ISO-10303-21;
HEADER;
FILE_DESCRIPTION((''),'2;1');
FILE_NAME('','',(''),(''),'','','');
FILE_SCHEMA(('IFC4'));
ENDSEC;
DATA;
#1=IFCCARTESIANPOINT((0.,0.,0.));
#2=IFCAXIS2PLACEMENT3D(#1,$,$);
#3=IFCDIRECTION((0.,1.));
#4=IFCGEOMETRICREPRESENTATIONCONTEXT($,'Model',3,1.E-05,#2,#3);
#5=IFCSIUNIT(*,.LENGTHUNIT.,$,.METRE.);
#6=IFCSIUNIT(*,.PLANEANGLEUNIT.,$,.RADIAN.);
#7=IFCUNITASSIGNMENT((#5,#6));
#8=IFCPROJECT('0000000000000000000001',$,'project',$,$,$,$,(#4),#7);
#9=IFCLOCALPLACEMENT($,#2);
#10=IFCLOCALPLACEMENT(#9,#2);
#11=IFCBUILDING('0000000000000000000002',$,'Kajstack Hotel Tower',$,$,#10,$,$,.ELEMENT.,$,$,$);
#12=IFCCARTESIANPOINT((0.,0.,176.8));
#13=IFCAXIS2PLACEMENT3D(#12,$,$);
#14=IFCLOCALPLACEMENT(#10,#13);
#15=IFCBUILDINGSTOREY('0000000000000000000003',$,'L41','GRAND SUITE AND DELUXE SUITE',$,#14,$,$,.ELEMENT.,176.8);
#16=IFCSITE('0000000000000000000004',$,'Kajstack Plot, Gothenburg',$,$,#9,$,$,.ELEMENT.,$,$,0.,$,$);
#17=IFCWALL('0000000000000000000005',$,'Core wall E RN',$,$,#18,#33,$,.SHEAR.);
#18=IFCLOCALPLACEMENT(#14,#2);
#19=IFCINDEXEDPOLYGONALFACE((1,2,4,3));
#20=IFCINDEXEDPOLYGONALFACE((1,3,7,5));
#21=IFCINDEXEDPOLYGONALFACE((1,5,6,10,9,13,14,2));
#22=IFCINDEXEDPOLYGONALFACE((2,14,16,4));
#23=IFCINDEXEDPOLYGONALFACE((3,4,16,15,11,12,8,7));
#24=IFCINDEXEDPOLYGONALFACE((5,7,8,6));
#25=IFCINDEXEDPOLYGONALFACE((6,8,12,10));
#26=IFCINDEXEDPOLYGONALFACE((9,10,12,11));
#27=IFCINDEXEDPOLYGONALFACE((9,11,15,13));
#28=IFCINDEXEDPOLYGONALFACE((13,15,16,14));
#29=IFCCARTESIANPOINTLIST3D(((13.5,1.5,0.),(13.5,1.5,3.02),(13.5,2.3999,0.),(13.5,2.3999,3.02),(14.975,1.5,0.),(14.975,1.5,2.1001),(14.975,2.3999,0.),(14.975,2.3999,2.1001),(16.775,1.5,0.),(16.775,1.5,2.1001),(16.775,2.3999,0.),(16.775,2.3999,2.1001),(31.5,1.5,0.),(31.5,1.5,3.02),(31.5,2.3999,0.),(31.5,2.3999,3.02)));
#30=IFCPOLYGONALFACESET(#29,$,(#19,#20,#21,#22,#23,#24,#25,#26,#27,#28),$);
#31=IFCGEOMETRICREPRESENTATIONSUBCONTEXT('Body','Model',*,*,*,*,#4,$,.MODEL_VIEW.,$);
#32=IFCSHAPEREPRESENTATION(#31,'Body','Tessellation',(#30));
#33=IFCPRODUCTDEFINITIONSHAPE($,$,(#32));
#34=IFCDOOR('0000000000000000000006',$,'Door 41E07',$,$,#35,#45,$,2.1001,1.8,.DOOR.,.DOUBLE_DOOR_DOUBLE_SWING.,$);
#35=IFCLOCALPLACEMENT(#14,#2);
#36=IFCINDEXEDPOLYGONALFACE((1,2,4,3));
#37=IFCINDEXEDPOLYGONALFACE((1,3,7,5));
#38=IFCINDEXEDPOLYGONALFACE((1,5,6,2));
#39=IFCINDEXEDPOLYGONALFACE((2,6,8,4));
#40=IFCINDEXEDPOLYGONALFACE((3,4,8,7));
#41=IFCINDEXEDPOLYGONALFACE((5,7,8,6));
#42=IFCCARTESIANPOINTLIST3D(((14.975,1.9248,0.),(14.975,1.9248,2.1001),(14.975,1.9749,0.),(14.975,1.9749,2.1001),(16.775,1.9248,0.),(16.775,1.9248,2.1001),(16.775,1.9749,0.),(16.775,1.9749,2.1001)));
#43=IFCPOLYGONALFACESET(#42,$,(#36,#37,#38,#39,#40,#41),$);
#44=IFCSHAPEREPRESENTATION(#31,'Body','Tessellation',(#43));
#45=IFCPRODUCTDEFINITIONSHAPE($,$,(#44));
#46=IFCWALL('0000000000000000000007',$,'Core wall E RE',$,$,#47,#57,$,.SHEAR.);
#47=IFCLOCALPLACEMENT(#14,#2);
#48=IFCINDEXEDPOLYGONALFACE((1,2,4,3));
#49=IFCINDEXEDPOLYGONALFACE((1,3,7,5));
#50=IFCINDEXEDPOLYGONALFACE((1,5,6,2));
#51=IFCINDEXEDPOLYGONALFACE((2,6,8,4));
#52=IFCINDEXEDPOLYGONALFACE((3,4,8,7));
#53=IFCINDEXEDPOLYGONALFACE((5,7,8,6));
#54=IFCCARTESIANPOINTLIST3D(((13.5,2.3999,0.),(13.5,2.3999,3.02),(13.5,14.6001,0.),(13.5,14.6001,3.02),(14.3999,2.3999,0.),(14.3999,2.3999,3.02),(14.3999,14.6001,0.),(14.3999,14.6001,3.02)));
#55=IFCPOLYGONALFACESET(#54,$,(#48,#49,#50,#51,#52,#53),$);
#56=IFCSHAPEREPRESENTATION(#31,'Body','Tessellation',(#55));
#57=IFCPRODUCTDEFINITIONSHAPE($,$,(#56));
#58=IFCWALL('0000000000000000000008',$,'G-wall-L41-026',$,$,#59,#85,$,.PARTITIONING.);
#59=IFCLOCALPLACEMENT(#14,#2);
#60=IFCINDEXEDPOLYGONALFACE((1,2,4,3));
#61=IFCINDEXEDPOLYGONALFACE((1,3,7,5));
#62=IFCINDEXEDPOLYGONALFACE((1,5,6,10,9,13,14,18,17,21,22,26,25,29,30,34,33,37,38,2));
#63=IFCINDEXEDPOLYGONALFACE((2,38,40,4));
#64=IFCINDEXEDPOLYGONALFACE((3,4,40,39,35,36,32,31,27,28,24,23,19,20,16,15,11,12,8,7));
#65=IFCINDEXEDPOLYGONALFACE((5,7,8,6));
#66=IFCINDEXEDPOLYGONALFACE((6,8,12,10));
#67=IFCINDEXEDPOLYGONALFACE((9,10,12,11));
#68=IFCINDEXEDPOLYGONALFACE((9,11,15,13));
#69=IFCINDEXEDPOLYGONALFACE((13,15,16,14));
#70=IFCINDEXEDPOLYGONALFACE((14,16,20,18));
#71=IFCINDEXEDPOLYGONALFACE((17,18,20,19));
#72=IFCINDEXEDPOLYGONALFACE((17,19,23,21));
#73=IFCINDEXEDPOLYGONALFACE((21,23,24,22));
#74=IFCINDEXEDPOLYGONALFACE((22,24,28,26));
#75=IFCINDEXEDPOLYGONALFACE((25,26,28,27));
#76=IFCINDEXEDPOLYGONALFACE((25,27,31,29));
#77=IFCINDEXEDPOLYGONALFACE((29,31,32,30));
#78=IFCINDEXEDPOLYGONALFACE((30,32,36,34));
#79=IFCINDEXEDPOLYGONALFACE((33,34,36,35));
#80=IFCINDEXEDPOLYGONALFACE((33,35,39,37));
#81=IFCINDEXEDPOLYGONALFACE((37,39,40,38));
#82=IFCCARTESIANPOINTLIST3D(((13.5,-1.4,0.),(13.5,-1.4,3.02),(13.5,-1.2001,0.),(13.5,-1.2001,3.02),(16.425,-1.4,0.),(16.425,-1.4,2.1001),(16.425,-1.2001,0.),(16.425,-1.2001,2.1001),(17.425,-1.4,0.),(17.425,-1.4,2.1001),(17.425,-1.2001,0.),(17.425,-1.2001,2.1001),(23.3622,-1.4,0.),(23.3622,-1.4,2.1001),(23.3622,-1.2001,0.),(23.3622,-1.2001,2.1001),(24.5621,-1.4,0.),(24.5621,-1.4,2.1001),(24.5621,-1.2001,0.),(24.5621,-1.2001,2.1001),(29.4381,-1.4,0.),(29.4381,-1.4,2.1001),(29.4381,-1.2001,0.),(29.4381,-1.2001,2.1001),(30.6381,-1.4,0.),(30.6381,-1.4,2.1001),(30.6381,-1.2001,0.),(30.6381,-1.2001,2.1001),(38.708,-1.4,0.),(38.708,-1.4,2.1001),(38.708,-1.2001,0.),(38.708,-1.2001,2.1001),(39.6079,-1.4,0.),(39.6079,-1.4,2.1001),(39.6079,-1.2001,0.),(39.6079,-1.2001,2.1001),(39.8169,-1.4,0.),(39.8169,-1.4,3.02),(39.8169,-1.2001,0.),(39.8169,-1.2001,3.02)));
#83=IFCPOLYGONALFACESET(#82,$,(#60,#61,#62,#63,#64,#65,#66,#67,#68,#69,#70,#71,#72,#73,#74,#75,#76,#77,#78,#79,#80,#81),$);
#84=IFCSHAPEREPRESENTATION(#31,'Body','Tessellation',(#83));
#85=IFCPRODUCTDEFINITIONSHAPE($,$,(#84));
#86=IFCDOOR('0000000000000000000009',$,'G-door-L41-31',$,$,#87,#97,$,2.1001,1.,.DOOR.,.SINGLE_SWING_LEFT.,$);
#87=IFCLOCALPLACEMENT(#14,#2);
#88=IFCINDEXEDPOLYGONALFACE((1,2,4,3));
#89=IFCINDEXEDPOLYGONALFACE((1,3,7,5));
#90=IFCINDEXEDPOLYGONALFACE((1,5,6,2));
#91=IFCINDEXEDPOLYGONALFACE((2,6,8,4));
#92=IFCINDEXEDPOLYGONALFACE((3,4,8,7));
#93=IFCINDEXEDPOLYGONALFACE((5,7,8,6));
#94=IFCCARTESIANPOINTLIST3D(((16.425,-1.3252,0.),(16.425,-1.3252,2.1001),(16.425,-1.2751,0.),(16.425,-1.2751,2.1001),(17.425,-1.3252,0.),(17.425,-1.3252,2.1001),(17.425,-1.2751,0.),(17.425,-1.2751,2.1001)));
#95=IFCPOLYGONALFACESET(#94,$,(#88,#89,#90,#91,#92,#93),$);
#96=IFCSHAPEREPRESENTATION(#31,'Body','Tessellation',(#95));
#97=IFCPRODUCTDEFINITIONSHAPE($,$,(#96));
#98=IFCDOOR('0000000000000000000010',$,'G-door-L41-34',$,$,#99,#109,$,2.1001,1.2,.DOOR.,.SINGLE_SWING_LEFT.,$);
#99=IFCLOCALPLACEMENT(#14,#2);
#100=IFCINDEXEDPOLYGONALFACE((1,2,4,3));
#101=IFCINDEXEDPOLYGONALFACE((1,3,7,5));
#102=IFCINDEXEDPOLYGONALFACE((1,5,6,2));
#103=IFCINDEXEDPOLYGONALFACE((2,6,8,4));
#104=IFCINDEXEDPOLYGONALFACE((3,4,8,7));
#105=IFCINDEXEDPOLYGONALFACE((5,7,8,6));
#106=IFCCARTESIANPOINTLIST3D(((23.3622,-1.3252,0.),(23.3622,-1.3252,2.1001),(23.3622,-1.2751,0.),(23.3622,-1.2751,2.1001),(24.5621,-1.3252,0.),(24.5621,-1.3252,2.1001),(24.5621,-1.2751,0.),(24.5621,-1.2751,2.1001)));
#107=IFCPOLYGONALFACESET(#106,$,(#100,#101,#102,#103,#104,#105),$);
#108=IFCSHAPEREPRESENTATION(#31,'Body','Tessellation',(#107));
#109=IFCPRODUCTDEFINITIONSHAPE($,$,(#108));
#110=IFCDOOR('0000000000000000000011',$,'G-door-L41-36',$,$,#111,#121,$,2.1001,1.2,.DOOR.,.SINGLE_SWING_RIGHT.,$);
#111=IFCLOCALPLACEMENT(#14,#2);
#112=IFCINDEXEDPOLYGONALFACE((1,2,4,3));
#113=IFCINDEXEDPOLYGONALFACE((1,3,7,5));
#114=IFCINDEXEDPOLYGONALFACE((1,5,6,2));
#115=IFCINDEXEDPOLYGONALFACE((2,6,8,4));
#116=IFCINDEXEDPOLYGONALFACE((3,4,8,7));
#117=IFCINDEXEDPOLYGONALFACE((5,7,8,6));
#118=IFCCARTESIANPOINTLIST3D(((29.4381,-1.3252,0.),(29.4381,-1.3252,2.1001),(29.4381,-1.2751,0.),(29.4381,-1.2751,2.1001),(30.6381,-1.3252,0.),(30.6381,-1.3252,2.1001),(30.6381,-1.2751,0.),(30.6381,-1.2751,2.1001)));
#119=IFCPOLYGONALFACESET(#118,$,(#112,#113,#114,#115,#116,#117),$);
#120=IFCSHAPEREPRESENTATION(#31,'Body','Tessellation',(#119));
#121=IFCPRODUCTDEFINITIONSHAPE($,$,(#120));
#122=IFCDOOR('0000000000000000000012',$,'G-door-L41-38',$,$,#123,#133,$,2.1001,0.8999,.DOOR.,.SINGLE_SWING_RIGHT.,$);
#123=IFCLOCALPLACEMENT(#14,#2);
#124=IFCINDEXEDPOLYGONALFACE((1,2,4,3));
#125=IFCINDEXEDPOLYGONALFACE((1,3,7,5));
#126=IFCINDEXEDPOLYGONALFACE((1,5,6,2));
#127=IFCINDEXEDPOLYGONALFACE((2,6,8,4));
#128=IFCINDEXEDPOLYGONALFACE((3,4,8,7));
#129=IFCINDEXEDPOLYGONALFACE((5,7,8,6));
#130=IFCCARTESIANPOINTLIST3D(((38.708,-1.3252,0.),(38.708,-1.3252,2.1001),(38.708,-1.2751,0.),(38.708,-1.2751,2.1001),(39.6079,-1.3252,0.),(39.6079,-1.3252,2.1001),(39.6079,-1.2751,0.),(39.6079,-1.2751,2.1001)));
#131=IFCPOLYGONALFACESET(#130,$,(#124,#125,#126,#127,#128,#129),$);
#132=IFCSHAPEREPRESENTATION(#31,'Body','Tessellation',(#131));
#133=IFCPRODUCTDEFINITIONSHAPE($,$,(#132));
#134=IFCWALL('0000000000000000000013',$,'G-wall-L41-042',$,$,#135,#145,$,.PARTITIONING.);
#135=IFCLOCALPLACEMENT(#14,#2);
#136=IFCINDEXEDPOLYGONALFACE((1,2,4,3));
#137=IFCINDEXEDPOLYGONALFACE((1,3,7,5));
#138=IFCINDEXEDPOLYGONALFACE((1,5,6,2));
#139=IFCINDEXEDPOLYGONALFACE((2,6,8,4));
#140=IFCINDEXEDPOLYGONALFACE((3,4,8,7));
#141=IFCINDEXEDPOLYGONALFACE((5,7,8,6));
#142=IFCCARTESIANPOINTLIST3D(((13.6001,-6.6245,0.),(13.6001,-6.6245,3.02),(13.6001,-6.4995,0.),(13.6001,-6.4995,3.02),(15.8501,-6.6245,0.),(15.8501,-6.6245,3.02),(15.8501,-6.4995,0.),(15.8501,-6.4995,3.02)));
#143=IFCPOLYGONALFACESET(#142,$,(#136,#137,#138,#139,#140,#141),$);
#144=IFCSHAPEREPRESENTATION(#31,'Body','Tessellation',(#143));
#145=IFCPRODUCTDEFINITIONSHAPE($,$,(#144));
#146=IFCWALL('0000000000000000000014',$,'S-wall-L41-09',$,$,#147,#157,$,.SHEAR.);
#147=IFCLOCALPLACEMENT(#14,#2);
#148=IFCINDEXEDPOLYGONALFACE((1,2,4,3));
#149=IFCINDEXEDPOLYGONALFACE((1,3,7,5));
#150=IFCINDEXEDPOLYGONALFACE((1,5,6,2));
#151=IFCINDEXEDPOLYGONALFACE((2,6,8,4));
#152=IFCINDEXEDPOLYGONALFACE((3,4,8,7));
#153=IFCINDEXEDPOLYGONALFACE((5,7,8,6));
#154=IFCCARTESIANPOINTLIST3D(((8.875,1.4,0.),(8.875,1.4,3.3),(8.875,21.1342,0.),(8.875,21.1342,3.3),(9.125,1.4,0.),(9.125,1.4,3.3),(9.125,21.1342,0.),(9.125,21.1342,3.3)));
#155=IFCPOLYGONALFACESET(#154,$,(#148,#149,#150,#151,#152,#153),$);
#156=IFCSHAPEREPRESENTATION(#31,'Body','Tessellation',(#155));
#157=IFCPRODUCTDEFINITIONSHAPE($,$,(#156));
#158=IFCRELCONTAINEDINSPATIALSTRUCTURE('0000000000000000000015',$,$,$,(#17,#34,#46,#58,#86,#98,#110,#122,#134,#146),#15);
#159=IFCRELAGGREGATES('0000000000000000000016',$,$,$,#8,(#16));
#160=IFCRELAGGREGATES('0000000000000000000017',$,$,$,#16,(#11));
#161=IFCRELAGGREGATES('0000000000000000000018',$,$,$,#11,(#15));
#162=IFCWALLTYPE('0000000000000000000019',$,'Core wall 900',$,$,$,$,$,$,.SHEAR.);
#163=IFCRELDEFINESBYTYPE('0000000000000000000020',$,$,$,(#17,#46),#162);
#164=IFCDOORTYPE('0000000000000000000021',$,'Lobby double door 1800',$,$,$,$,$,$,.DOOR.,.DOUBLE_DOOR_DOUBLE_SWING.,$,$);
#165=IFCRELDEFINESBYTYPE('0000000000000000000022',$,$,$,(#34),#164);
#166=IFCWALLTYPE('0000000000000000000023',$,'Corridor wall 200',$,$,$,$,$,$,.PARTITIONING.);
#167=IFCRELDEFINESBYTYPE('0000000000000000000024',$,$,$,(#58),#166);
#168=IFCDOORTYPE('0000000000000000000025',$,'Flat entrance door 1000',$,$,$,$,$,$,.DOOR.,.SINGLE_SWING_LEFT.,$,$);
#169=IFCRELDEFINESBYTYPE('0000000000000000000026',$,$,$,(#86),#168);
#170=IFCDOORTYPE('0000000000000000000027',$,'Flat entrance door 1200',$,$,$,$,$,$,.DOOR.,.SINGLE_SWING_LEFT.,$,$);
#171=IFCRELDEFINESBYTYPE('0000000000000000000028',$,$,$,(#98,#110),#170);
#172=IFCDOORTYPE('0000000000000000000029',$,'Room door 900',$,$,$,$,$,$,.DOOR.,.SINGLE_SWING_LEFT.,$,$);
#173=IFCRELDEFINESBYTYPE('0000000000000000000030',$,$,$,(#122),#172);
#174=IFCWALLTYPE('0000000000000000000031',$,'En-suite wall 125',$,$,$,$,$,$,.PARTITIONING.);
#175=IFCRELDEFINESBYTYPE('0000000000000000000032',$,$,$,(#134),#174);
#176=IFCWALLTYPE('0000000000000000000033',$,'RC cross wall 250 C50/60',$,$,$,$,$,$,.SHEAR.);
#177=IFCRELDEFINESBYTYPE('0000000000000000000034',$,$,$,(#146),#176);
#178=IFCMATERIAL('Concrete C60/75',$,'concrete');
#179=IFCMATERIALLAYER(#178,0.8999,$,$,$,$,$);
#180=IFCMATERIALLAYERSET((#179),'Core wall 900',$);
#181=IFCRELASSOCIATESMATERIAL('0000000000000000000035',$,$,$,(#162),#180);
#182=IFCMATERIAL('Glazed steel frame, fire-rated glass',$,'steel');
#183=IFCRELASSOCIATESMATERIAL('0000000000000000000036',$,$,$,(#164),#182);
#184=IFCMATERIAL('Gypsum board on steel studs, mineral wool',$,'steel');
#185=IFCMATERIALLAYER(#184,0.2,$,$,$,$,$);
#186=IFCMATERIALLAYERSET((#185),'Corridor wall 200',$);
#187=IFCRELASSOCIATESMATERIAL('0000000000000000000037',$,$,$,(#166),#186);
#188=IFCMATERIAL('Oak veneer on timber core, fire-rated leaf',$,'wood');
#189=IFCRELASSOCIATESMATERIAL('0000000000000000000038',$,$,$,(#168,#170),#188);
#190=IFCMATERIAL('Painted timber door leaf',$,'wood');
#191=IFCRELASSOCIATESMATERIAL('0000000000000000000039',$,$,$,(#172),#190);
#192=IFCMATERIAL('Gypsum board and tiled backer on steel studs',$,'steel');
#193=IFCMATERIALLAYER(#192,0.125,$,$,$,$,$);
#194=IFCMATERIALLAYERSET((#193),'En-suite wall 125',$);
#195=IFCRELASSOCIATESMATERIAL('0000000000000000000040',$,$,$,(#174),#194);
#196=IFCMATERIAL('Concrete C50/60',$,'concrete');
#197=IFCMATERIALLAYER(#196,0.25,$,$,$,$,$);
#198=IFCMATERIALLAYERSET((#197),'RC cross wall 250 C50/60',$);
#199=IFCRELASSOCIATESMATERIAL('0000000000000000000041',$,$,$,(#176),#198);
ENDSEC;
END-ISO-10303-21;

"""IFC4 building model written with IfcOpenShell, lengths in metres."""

from ifc_helpers import new_model, si_unit, direction, frame, frame_2d, origin, place, context, subcontext, project, spatial, rectangle, extrude, material, layer, layer_set, type_object, element, fill, save


model = new_model("IFC4")

# Units and contexts
model_context = context("Model", 3, precision=1e-05, world=origin(), true_north=direction((0.0, 1.0)))
body_context = subcontext(model_context, "Body", "Model", "MODEL_VIEW")
ifc_project = project(units=[si_unit("LENGTHUNIT", "METRE"), si_unit("PLANEANGLEUNIT", "RADIAN")], contexts=[model_context])

# Site, building, storey
site_placement = place(None, origin())
site = spatial("IfcSite", under=ifc_project, at=site_placement, Name="Kajstack Plot, Gothenburg", CompositionType="ELEMENT", RefElevation=0.0)
building_placement = place(site_placement, origin())
building = spatial("IfcBuilding", under=site, at=building_placement, Name="Kajstack Hotel Tower", CompositionType="ELEMENT")
storey_placement = place(building_placement, frame((0.0, 0.0, 176.8)))
storey = spatial("IfcBuildingStorey", under=building, at=storey_placement, Name="L41", Description="GRAND SUITE AND DELUXE SUITE", CompositionType="ELEMENT", Elevation=176.8)

# Wall, opening, door
ifc_material_1 = material(Name="Concrete C60/75", Category="concrete")
ifc_layer_1 = layer(ifc_material_1, 0.8999)
ifc_layer_set_1 = layer_set([ifc_layer_1], Name="Core wall 900")
wall_type_1 = type_object("IfcWallType", Name="Core wall 900", PredefinedType="SHEAR", material=ifc_layer_set_1)
wall_1_placement = place(storey_placement, frame((13.5, 1.95, 0.0), z_axis=(0.0, 0.0, 1.0), x_axis=(1.0, 0.0, 0.0)))
wall_1 = element("IfcWall", 1, at=wall_1_placement, inside=storey, type_object=wall_type_1, Name="Core wall E RN", PredefinedType="SHEAR", context=body_context, shape_type="SweptSolid", body=[
    extrude(rectangle(XDim=18.0, YDim=0.8999, at=frame_2d((9.0, 0.0))), origin(), (0.0, 0.0, 1.0), 3.02),
])
opening_1_placement = place(wall_1_placement, frame((1.4751, 0.0, 0.0)))
opening_1 = element("IfcOpeningElement", 2, at=opening_1_placement, cuts=wall_1, PredefinedType="OPENING", context=body_context, shape_type="SweptSolid", body=[
    extrude(rectangle(XDim=1.8, YDim=2.1001, at=frame_2d((0.8999, 1.05))), frame((0.0, 0.46, 0.0), z_axis=(0.0, -1.0, 0.0), x_axis=(1.0, 0.0, 0.0)), (0.0, 0.0, 1.0), 0.9199),
])
ifc_material_2 = material(Name="Glazed steel frame, fire-rated glass", Category="steel")
door_type_1 = type_object("IfcDoorType", Name="Lobby double door 1800", OperationType="DOUBLE_DOOR_DOUBLE_SWING", PredefinedType="DOOR", material=ifc_material_2)
door_1_placement = place(opening_1_placement, origin())
door_1 = element("IfcDoor", 3, at=door_1_placement, inside=storey, type_object=door_type_1, Name="Door 41E07", OperationType="DOUBLE_DOOR_DOUBLE_SWING", OverallHeight=2.1001, OverallWidth=1.8, PredefinedType="DOOR", context=body_context, shape_type="SweptSolid", body=[
    extrude(rectangle(XDim=1.8, YDim=2.1001, at=frame_2d((0.8999, 1.05))), frame((0.0, 0.0249, 0.0), z_axis=(0.0, -1.0, 0.0), x_axis=(1.0, 0.0, 0.0)), (0.0, 0.0, 1.0), 0.05),
])
fill(opening_1, door_1)

# Wall
wall_2_placement = place(storey_placement, frame((13.95, 2.3999, 0.0), z_axis=(0.0, 0.0, 1.0), x_axis=(0.0, 1.0, 0.0)))
element("IfcWall", 4, at=wall_2_placement, inside=storey, type_object=wall_type_1, Name="Core wall E RE", PredefinedType="SHEAR", context=body_context, shape_type="SweptSolid", body=[
    extrude(rectangle(XDim=12.2002, YDim=0.8999, at=frame_2d((6.1001, 0.0))), origin(), (0.0, 0.0, 1.0), 3.02),
])

# Wall, openings, doors
ifc_material_3 = material(Name="Gypsum board on steel studs, mineral wool", Category="steel")
ifc_layer_2 = layer(ifc_material_3, 0.2)
ifc_layer_set_2 = layer_set([ifc_layer_2], Name="Corridor wall 200")
wall_type_2 = type_object("IfcWallType", Name="Corridor wall 200", PredefinedType="PARTITIONING", material=ifc_layer_set_2)
wall_3_placement = place(storey_placement, frame((13.5, -1.3, 0.0), z_axis=(0.0, 0.0, 1.0), x_axis=(1.0, 0.0, 0.0)))
wall_3 = element("IfcWall", 5, at=wall_3_placement, inside=storey, type_object=wall_type_2, Name="G-wall-L41-026", PredefinedType="PARTITIONING", context=body_context, shape_type="SweptSolid", body=[
    extrude(rectangle(XDim=26.3169, YDim=0.2, at=frame_2d((13.1584, 0.0))), origin(), (0.0, 0.0, 1.0), 3.02),
])
opening_2_placement = place(wall_3_placement, frame((2.925, 0.0, 0.0)))
opening_2 = element("IfcOpeningElement", 6, at=opening_2_placement, cuts=wall_3, PredefinedType="OPENING", context=body_context, shape_type="SweptSolid", body=[
    extrude(rectangle(XDim=1.0, YDim=2.1001, at=frame_2d((0.5, 1.05))), frame((0.0, 0.1099, 0.0), z_axis=(0.0, -1.0, 0.0), x_axis=(1.0, 0.0, 0.0)), (0.0, 0.0, 1.0), 0.22),
])
opening_3_placement = place(wall_3_placement, frame((9.8621, 0.0, 0.0)))
opening_3 = element("IfcOpeningElement", 7, at=opening_3_placement, cuts=wall_3, PredefinedType="OPENING", context=body_context, shape_type="SweptSolid", body=[
    extrude(rectangle(XDim=1.2, YDim=2.1001, at=frame_2d((0.6001, 1.05))), frame((0.0, 0.1099, 0.0), z_axis=(0.0, -1.0, 0.0), x_axis=(1.0, 0.0, 0.0)), (0.0, 0.0, 1.0), 0.22),
])
opening_4_placement = place(wall_3_placement, frame((15.938, 0.0, 0.0)))
opening_4 = element("IfcOpeningElement", 8, at=opening_4_placement, cuts=wall_3, PredefinedType="OPENING", context=body_context, shape_type="SweptSolid", body=[
    extrude(rectangle(XDim=1.2, YDim=2.1001, at=frame_2d((0.6001, 1.05))), frame((0.0, 0.1099, 0.0), z_axis=(0.0, -1.0, 0.0), x_axis=(1.0, 0.0, 0.0)), (0.0, 0.0, 1.0), 0.22),
])
opening_5_placement = place(wall_3_placement, frame((25.208, 0.0, 0.0)))
opening_5 = element("IfcOpeningElement", 9, at=opening_5_placement, cuts=wall_3, PredefinedType="OPENING", context=body_context, shape_type="SweptSolid", body=[
    extrude(rectangle(XDim=0.8999, YDim=2.1001, at=frame_2d((0.45, 1.05))), frame((0.0, 0.1099, 0.0), z_axis=(0.0, -1.0, 0.0), x_axis=(1.0, 0.0, 0.0)), (0.0, 0.0, 1.0), 0.22),
])
ifc_material_4 = material(Name="Oak veneer on timber core, fire-rated leaf", Category="wood")
door_type_2 = type_object("IfcDoorType", Name="Flat entrance door 1000", OperationType="SINGLE_SWING_LEFT", PredefinedType="DOOR", material=ifc_material_4)
door_2_placement = place(opening_2_placement, origin())
door_2 = element("IfcDoor", 10, at=door_2_placement, inside=storey, type_object=door_type_2, Name="G-door-L41-31", OperationType="SINGLE_SWING_LEFT", OverallHeight=2.1001, OverallWidth=1.0, PredefinedType="DOOR", context=body_context, shape_type="SweptSolid", body=[
    extrude(rectangle(XDim=1.0, YDim=2.1001, at=frame_2d((0.5, 1.05))), frame((0.0, 0.0249, 0.0), z_axis=(0.0, -1.0, 0.0), x_axis=(1.0, 0.0, 0.0)), (0.0, 0.0, 1.0), 0.05),
])
fill(opening_2, door_2)
door_type_3 = type_object("IfcDoorType", Name="Flat entrance door 1200", OperationType="SINGLE_SWING_LEFT", PredefinedType="DOOR", material=ifc_material_4)
door_3_placement = place(opening_3_placement, origin())
door_3 = element("IfcDoor", 11, at=door_3_placement, inside=storey, type_object=door_type_3, Name="G-door-L41-34", OperationType="SINGLE_SWING_LEFT", OverallHeight=2.1001, OverallWidth=1.2, PredefinedType="DOOR", context=body_context, shape_type="SweptSolid", body=[
    extrude(rectangle(XDim=1.2, YDim=2.1001, at=frame_2d((0.6001, 1.05))), frame((0.0, 0.0249, 0.0), z_axis=(0.0, -1.0, 0.0), x_axis=(1.0, 0.0, 0.0)), (0.0, 0.0, 1.0), 0.05),
])
fill(opening_3, door_3)
door_4_placement = place(opening_4_placement, origin())
door_4 = element("IfcDoor", 12, at=door_4_placement, inside=storey, type_object=door_type_3, Name="G-door-L41-36", OperationType="SINGLE_SWING_RIGHT", OverallHeight=2.1001, OverallWidth=1.2, PredefinedType="DOOR", context=body_context, shape_type="SweptSolid", body=[
    extrude(rectangle(XDim=1.2, YDim=2.1001, at=frame_2d((0.6001, 1.05))), frame((0.0, 0.0249, 0.0), z_axis=(0.0, -1.0, 0.0), x_axis=(1.0, 0.0, 0.0)), (0.0, 0.0, 1.0), 0.05),
])
fill(opening_4, door_4)
ifc_material_5 = material(Name="Painted timber door leaf", Category="wood")
door_type_4 = type_object("IfcDoorType", Name="Room door 900", OperationType="SINGLE_SWING_LEFT", PredefinedType="DOOR", material=ifc_material_5)
door_5_placement = place(opening_5_placement, origin())
door_5 = element("IfcDoor", 13, at=door_5_placement, inside=storey, type_object=door_type_4, Name="G-door-L41-38", OperationType="SINGLE_SWING_RIGHT", OverallHeight=2.1001, OverallWidth=0.8999, PredefinedType="DOOR", context=body_context, shape_type="SweptSolid", body=[
    extrude(rectangle(XDim=0.8999, YDim=2.1001, at=frame_2d((0.45, 1.05))), frame((0.0, 0.0249, 0.0), z_axis=(0.0, -1.0, 0.0), x_axis=(1.0, 0.0, 0.0)), (0.0, 0.0, 1.0), 0.05),
])
fill(opening_5, door_5)

# Walls
ifc_material_6 = material(Name="Gypsum board and tiled backer on steel studs", Category="steel")
ifc_layer_3 = layer(ifc_material_6, 0.125)
ifc_layer_set_3 = layer_set([ifc_layer_3], Name="En-suite wall 125")
wall_type_3 = type_object("IfcWallType", Name="En-suite wall 125", PredefinedType="PARTITIONING", material=ifc_layer_set_3)
wall_4_placement = place(storey_placement, frame((13.6001, -6.562, 0.0), z_axis=(0.0, 0.0, 1.0), x_axis=(1.0, 0.0, 0.0)))
element("IfcWall", 14, at=wall_4_placement, inside=storey, type_object=wall_type_3, Name="G-wall-L41-042", PredefinedType="PARTITIONING", context=body_context, shape_type="SweptSolid", body=[
    extrude(rectangle(XDim=2.25, YDim=0.125, at=frame_2d((1.125, 0.0))), origin(), (0.0, 0.0, 1.0), 3.02),
])
ifc_material_7 = material(Name="Concrete C50/60", Category="concrete")
ifc_layer_4 = layer(ifc_material_7, 0.25)
ifc_layer_set_4 = layer_set([ifc_layer_4], Name="RC cross wall 250 C50/60")
wall_type_4 = type_object("IfcWallType", Name="RC cross wall 250 C50/60", PredefinedType="SHEAR", material=ifc_layer_set_4)
wall_5_placement = place(storey_placement, frame((9.0, 1.3999, 0.0), z_axis=(0.0, 0.0, 1.0), x_axis=(0.0, 1.0, 0.0)))
element("IfcWall", 15, at=wall_5_placement, inside=storey, type_object=wall_type_4, Name="S-wall-L41-09", PredefinedType="SHEAR", context=body_context, shape_type="SweptSolid", body=[
    extrude(rectangle(XDim=19.7341, YDim=0.25, at=frame_2d((9.8672, 0.0))), origin(), (0.0, 0.0, 1.0), 3.3),
])

save(model, "model.ifc")
